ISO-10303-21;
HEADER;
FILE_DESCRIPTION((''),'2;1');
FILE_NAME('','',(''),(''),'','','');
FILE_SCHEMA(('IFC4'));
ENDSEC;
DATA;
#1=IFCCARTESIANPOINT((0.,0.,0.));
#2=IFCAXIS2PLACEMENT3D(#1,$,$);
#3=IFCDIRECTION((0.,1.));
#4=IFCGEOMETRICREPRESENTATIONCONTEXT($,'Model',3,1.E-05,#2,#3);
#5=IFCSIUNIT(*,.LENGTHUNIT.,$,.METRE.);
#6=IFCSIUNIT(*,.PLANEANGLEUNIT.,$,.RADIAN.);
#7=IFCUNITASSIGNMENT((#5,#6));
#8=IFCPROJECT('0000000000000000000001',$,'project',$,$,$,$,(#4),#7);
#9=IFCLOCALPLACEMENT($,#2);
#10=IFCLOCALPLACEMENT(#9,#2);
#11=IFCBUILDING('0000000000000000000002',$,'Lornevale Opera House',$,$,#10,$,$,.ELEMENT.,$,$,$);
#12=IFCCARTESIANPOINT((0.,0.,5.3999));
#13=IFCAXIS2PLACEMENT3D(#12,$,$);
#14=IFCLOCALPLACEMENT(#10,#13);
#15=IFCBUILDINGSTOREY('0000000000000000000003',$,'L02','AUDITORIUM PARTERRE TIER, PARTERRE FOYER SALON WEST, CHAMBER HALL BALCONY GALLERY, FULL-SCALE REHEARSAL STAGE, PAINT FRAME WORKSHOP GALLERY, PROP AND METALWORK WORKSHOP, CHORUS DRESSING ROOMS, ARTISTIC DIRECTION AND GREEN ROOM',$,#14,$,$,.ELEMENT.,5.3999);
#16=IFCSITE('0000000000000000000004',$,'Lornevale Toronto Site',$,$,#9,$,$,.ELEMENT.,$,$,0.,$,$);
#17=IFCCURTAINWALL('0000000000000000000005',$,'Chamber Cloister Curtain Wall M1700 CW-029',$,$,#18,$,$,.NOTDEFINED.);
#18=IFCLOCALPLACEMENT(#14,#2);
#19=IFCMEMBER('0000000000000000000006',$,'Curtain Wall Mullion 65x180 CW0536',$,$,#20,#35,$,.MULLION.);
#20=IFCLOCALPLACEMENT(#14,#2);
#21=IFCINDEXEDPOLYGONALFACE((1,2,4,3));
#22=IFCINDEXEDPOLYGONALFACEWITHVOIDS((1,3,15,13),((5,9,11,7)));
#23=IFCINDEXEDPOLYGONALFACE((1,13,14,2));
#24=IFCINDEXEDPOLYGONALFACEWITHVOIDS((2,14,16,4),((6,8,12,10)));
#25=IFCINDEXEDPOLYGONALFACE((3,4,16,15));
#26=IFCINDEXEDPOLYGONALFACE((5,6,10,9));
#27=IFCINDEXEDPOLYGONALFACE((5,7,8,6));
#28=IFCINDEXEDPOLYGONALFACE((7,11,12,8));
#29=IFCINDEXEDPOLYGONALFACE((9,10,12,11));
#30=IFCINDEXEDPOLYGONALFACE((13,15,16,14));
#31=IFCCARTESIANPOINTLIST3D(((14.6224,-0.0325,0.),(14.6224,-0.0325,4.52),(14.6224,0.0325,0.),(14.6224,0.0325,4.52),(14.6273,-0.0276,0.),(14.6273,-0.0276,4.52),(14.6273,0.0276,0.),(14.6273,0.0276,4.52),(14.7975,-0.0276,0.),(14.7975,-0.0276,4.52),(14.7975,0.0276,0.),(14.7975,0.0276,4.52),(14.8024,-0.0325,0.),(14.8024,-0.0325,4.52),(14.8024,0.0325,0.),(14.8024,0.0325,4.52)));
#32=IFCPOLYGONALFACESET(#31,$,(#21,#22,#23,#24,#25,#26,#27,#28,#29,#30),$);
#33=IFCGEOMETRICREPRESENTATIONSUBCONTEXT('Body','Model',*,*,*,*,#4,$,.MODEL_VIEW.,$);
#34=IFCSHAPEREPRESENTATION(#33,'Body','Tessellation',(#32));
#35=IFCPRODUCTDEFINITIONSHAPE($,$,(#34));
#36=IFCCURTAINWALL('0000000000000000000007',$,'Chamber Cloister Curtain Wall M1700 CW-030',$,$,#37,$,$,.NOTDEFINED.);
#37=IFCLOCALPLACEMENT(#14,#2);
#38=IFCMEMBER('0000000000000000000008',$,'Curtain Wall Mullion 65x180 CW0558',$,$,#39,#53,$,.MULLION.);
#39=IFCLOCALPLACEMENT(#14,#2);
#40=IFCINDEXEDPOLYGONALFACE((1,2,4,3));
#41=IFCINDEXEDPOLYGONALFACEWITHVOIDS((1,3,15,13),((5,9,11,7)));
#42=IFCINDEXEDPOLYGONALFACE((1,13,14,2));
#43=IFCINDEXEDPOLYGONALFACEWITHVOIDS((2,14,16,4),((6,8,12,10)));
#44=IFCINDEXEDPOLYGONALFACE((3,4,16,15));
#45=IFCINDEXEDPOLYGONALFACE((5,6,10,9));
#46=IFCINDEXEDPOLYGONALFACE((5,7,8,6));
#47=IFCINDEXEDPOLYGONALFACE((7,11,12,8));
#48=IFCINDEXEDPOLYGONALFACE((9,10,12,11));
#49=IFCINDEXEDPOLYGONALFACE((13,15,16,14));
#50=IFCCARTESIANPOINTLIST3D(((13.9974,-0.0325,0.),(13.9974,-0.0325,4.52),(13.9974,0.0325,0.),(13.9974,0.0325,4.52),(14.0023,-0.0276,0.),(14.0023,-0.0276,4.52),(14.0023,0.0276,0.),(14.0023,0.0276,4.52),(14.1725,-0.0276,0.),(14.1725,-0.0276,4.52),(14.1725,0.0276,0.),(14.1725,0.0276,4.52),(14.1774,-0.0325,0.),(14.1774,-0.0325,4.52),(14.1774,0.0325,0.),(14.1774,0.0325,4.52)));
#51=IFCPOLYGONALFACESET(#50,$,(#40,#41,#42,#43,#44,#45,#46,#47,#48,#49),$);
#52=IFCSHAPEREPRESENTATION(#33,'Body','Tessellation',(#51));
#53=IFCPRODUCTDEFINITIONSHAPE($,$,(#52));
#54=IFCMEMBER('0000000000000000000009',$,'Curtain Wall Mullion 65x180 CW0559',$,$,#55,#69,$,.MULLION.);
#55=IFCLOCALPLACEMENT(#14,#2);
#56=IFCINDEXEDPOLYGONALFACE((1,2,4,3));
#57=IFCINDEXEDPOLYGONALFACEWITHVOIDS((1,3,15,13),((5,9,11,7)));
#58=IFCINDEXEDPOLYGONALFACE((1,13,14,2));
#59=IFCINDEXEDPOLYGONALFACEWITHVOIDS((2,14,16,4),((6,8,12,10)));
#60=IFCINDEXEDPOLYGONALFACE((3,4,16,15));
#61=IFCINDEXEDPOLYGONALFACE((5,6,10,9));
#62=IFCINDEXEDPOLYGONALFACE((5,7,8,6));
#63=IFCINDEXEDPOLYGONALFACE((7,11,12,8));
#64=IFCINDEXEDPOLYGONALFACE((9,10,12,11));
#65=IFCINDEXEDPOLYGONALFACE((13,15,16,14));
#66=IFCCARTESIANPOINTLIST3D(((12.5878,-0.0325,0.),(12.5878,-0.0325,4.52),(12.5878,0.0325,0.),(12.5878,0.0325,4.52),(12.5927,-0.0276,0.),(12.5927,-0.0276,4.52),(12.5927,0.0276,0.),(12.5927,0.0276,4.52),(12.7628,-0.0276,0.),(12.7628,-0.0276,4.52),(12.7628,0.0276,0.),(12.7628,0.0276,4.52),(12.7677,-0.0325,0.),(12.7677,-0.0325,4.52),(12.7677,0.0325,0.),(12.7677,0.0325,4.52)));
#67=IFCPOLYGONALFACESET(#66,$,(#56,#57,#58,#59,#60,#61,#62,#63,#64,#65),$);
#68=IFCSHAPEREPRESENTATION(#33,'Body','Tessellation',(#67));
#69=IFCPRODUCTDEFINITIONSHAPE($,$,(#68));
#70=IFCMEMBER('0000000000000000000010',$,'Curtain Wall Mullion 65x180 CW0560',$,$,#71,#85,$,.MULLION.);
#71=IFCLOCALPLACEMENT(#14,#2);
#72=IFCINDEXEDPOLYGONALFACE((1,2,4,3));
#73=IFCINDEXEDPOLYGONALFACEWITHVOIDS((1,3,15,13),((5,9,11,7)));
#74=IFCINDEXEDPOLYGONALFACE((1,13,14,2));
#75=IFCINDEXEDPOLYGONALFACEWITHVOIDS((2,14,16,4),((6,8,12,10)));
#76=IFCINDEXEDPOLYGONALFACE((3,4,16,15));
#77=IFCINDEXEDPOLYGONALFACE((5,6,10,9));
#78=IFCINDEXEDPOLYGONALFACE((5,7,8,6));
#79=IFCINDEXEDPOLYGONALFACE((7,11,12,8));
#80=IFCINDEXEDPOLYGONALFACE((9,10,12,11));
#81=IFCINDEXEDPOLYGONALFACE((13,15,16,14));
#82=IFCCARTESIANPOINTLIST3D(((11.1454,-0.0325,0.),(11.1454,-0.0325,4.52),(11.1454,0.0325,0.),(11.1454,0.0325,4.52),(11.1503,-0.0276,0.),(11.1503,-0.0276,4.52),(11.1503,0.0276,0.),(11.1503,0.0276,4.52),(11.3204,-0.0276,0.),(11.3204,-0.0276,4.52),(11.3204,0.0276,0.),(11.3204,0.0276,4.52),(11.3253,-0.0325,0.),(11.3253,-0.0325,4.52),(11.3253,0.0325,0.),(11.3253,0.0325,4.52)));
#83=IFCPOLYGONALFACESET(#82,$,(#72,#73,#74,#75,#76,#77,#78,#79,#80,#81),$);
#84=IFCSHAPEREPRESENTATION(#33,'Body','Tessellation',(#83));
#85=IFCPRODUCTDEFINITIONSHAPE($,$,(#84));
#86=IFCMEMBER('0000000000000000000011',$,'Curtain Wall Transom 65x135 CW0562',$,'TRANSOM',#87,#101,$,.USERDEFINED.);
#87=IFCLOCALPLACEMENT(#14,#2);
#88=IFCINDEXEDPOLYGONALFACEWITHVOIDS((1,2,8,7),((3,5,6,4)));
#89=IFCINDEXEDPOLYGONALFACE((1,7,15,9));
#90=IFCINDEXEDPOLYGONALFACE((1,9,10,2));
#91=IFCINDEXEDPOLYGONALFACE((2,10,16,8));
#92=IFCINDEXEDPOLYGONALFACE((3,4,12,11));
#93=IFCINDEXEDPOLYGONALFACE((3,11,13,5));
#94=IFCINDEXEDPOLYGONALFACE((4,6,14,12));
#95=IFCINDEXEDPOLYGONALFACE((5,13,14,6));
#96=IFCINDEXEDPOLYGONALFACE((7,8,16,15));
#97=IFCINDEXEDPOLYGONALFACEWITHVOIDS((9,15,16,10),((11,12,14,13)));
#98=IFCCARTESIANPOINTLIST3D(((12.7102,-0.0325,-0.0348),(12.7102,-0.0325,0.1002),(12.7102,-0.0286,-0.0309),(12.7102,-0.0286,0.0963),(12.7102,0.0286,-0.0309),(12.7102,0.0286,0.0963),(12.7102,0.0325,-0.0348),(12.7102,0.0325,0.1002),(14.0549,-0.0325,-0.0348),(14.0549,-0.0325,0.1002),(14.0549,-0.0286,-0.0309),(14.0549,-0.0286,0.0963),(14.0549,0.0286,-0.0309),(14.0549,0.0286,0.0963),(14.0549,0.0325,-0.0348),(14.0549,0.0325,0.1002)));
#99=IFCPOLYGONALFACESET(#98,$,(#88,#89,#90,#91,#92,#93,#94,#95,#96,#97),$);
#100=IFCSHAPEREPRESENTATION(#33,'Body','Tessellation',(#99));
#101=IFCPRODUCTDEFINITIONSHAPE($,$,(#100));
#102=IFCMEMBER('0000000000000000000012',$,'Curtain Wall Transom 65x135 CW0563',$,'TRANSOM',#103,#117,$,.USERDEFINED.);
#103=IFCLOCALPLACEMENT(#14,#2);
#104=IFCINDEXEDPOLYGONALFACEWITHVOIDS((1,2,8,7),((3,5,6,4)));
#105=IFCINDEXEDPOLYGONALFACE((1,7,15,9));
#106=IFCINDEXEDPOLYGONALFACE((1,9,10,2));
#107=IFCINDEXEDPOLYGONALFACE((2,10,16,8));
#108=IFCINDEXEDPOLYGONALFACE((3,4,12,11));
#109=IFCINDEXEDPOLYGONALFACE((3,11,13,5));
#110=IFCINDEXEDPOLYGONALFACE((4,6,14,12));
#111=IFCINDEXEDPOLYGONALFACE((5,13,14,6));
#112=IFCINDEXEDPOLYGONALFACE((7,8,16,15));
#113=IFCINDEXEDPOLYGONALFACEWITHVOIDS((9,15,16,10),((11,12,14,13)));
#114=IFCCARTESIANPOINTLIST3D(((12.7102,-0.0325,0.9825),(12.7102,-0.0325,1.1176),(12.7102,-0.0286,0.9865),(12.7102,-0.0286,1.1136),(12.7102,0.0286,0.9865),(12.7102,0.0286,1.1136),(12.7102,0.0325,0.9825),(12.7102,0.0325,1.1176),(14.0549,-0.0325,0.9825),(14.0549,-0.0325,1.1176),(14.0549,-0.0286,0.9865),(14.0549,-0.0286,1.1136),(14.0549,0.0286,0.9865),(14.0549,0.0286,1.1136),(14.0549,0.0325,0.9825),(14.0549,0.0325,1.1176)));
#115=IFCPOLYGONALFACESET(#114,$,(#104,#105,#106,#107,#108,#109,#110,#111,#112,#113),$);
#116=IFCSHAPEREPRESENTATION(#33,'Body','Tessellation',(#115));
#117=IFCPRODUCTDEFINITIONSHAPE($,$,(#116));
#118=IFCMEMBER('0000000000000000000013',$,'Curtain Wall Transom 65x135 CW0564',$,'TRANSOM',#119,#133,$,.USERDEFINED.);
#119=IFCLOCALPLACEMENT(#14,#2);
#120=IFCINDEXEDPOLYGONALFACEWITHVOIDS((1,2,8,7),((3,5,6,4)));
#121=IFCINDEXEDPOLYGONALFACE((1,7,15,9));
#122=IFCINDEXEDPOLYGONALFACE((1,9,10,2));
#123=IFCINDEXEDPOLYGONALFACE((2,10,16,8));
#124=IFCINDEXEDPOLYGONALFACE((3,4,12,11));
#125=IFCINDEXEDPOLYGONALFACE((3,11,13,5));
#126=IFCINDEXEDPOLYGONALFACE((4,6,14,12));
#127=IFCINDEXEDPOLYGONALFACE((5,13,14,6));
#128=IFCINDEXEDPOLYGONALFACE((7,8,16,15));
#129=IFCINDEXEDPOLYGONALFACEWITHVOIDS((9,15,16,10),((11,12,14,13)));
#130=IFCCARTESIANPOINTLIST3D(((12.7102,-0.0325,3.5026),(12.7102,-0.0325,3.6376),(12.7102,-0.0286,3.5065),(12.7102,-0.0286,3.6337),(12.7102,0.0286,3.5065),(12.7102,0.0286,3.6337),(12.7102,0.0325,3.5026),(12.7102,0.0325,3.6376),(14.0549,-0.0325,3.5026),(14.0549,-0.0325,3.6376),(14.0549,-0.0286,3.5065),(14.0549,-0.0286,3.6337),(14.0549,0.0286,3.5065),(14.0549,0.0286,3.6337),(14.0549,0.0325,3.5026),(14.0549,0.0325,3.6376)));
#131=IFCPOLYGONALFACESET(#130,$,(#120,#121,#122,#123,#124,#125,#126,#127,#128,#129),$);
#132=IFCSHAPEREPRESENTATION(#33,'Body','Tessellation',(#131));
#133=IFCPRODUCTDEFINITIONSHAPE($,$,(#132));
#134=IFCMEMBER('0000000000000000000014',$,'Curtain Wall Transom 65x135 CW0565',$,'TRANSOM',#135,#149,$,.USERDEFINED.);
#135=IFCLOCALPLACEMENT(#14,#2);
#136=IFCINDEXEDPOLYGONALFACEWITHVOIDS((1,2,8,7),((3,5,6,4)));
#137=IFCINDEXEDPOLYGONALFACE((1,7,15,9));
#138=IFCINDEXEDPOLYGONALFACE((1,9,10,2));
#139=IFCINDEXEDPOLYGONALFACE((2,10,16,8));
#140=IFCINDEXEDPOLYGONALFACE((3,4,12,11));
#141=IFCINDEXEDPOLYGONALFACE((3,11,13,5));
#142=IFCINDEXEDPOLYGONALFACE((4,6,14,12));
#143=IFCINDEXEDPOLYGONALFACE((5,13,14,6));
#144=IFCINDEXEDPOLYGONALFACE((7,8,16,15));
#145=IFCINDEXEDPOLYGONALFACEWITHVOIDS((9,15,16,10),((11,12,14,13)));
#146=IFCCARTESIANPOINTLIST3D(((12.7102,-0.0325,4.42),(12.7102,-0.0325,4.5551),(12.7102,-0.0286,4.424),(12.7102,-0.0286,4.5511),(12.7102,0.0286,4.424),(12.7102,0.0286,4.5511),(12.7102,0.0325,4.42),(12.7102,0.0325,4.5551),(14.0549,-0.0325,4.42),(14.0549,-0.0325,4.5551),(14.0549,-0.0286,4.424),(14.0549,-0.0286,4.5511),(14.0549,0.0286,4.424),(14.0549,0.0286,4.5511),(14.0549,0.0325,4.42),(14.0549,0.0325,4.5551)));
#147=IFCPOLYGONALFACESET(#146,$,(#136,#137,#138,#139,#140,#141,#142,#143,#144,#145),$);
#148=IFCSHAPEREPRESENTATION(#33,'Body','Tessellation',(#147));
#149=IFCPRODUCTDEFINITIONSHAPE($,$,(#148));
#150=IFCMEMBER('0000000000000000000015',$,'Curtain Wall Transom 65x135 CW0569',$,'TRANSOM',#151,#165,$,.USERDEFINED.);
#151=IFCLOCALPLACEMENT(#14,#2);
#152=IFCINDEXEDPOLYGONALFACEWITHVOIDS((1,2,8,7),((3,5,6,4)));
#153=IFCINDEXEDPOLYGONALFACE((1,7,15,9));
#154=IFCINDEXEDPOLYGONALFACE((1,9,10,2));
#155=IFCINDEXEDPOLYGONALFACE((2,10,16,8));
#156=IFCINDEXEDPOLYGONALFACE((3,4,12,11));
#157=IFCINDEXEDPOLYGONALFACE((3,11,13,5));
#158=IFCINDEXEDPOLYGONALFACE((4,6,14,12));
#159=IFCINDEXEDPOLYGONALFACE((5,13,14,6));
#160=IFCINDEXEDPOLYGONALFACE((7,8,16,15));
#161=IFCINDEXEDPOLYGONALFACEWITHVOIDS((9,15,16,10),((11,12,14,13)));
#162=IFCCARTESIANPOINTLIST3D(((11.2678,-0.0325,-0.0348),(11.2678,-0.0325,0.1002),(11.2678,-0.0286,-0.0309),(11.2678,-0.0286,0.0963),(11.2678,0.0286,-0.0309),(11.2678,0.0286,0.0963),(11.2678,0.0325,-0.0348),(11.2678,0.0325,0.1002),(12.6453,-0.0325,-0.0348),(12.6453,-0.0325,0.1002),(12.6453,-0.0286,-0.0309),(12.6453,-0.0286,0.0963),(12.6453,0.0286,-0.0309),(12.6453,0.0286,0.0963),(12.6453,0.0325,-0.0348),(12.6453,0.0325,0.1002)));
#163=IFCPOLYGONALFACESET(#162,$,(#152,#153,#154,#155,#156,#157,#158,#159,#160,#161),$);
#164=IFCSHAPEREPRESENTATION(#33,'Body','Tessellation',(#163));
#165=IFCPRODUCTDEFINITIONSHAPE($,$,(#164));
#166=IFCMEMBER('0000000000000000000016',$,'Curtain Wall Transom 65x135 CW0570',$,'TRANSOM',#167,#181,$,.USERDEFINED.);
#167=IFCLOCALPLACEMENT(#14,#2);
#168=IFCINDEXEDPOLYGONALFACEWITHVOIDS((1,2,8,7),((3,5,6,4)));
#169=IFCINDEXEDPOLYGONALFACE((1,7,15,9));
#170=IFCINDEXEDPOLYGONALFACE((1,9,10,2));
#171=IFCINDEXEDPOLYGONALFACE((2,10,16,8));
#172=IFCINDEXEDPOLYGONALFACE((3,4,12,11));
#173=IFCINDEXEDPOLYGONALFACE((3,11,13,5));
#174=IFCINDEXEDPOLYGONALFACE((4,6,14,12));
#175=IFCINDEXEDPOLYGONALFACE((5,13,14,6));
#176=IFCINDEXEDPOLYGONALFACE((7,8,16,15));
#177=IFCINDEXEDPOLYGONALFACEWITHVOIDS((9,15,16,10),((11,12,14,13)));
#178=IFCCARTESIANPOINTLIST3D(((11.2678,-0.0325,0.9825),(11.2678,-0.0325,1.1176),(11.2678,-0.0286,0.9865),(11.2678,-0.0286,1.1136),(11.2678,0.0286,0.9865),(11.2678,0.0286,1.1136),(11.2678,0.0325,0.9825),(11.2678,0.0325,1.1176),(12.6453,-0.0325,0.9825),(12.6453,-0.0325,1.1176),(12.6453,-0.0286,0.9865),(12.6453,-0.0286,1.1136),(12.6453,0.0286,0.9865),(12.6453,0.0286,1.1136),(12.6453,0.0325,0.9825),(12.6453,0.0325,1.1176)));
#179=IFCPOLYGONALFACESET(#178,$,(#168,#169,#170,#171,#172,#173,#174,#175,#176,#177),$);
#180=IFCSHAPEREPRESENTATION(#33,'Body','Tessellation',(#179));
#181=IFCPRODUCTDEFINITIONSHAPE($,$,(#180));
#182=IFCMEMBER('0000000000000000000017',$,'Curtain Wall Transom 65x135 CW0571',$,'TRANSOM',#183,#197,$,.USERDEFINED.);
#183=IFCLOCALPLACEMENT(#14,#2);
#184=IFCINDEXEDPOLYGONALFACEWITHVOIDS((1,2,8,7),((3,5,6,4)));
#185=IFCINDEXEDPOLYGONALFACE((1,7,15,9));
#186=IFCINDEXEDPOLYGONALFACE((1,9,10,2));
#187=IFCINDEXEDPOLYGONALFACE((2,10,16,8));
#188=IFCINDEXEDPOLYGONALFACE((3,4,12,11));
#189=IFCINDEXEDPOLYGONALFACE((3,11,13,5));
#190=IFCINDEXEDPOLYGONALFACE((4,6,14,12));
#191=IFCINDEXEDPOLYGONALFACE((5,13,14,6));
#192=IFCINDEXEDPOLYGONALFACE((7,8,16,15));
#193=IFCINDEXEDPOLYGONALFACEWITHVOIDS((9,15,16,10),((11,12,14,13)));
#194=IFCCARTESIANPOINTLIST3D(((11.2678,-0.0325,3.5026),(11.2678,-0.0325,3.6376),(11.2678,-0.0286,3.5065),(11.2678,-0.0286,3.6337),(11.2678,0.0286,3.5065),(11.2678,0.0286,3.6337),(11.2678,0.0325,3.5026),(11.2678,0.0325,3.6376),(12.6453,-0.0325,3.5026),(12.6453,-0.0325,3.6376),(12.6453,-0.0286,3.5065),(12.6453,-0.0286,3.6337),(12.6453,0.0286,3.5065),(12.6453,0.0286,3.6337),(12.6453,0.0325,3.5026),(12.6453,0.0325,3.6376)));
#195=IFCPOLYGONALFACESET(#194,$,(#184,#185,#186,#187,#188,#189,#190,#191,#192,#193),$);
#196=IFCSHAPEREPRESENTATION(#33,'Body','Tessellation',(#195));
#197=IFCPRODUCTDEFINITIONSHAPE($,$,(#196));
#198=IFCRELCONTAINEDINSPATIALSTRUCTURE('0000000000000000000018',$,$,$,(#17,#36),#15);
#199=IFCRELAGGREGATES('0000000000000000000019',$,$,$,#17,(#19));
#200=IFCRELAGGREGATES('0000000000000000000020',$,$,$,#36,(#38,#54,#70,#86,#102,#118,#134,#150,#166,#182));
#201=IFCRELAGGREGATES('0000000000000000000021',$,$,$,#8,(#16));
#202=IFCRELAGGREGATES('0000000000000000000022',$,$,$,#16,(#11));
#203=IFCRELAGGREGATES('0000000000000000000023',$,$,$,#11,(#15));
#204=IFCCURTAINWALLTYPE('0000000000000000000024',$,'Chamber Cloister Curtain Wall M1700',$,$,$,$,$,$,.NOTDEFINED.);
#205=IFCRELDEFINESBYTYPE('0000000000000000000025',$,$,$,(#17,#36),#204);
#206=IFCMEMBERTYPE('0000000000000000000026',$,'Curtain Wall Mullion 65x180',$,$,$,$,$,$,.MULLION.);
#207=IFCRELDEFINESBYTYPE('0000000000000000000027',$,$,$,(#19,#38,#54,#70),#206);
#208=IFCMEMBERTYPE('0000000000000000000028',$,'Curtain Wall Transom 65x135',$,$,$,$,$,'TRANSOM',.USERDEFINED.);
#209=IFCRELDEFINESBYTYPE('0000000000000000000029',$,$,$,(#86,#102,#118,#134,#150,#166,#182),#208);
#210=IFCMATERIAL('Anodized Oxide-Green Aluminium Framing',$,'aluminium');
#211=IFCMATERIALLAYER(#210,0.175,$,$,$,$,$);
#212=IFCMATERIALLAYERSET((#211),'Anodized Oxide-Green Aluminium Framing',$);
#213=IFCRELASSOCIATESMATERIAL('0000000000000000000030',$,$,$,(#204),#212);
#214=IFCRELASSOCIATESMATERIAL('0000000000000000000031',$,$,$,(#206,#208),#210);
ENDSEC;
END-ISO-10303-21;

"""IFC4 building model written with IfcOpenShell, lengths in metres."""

from ifc_helpers import new_model, si_unit, direction, frame, origin, origin_2d, place, context, subcontext, project, spatial, hollow_rectangle, extrude, material, layer, layer_set, material_profile, profile_set, type_object, element, aggregate, save


model = new_model("IFC4")

# Units and contexts
model_context = context("Model", 3, precision=1e-05, world=origin(), true_north=direction((0.0, 1.0)))
body_context = subcontext(model_context, "Body", "Model", "MODEL_VIEW")
ifc_project = project(units=[si_unit("LENGTHUNIT", "METRE"), si_unit("PLANEANGLEUNIT", "RADIAN")], contexts=[model_context])

# Site, building, storey
site_placement = place(None, origin())
site = spatial("IfcSite", under=ifc_project, at=site_placement, Name="Lornevale Toronto Site", CompositionType="ELEMENT", RefElevation=0.0)
building_placement = place(site_placement, origin())
building = spatial("IfcBuilding", under=site, at=building_placement, Name="Lornevale Opera House", CompositionType="ELEMENT")
storey_placement = place(building_placement, frame((0.0, 0.0, 5.3999)))
storey = spatial("IfcBuildingStorey", under=building, at=storey_placement, Name="L02", Description="AUDITORIUM PARTERRE TIER, PARTERRE FOYER SALON WEST, CHAMBER HALL BALCONY GALLERY, FULL-SCALE REHEARSAL STAGE, PAINT FRAME WORKSHOP GALLERY, PROP AND METALWORK WORKSHOP, CHORUS DRESSING ROOMS, ARTISTIC DIRECTION AND GREEN ROOM", CompositionType="ELEMENT", Elevation=5.3999)

# Curtain wall, member
ifc_material_1 = material(Name="Anodized Oxide-Green Aluminium Framing", Category="aluminium")
ifc_layer_1 = layer(ifc_material_1, 0.175)
ifc_layer_set_1 = layer_set([ifc_layer_1], Name="Anodized Oxide-Green Aluminium Framing")
curtain_wall_type = type_object("IfcCurtainWallType", Name="Chamber Cloister Curtain Wall M1700", PredefinedType="NOTDEFINED", material=ifc_layer_set_1)
curtain_wall_1_placement = place(storey_placement, origin())
curtain_wall_1 = element("IfcCurtainWall", 1, at=curtain_wall_1_placement, inside=storey, type_object=curtain_wall_type, Name="Chamber Cloister Curtain Wall M1700 CW-029", PredefinedType="NOTDEFINED")
ifc_material_profile_1 = material_profile(ifc_material_1, hollow_rectangle(XDim=0.0649, YDim=0.1799, WallThickness=0.0049, at=origin_2d()), Name="ALU65x180x5")
ifc_profile_set_1 = profile_set([ifc_material_profile_1], Name="Anodized Oxide-Green Aluminium Framing")
member_type_1 = type_object("IfcMemberType", Name="Curtain Wall Mullion 65x180", PredefinedType="MULLION", material=ifc_profile_set_1)
member_1_placement = place(storey_placement, frame((14.7124, 0.0, 0.0), z_axis=(0.0, 0.0, 1.0), x_axis=(0.0, -1.0, 0.0)))
member_1 = element("IfcMember", 2, at=member_1_placement, type_object=member_type_1, Name="Curtain Wall Mullion 65x180 CW0536", PredefinedType="MULLION", context=body_context, shape_type="SweptSolid", body=[
    extrude(hollow_rectangle(XDim=0.0649, YDim=0.1799, WallThickness=0.0049, at=origin_2d()), origin(), (0.0, 0.0, 1.0), 4.52),
])

# Curtain wall, members
curtain_wall_2_placement = place(storey_placement, origin())
curtain_wall_2 = element("IfcCurtainWall", 3, at=curtain_wall_2_placement, inside=storey, type_object=curtain_wall_type, Name="Chamber Cloister Curtain Wall M1700 CW-030", PredefinedType="NOTDEFINED")
member_2_placement = place(storey_placement, frame((14.0874, 0.0, 0.0), z_axis=(0.0, 0.0, 1.0), x_axis=(0.0, -1.0, 0.0)))
member_2 = element("IfcMember", 4, at=member_2_placement, type_object=member_type_1, Name="Curtain Wall Mullion 65x180 CW0558", PredefinedType="MULLION", context=body_context, shape_type="SweptSolid", body=[
    extrude(hollow_rectangle(XDim=0.0649, YDim=0.1799, WallThickness=0.0049, at=origin_2d()), origin(), (0.0, 0.0, 1.0), 4.52),
])
member_3_placement = place(storey_placement, frame((12.6777, 0.0, 0.0), z_axis=(0.0, 0.0, 1.0), x_axis=(0.0, -1.0, 0.0)))
member_3 = element("IfcMember", 5, at=member_3_placement, type_object=member_type_1, Name="Curtain Wall Mullion 65x180 CW0559", PredefinedType="MULLION", context=body_context, shape_type="SweptSolid", body=[
    extrude(hollow_rectangle(XDim=0.0649, YDim=0.1799, WallThickness=0.0049, at=origin_2d()), origin(), (0.0, 0.0, 1.0), 4.52),
])
member_4_placement = place(storey_placement, frame((11.2354, 0.0, 0.0), z_axis=(0.0, 0.0, 1.0), x_axis=(0.0, -1.0, 0.0)))
member_4 = element("IfcMember", 6, at=member_4_placement, type_object=member_type_1, Name="Curtain Wall Mullion 65x180 CW0560", PredefinedType="MULLION", context=body_context, shape_type="SweptSolid", body=[
    extrude(hollow_rectangle(XDim=0.0649, YDim=0.1799, WallThickness=0.0049, at=origin_2d()), origin(), (0.0, 0.0, 1.0), 4.52),
])
ifc_material_profile_2 = material_profile(ifc_material_1, hollow_rectangle(XDim=0.0649, YDim=0.135, WallThickness=0.0039, at=origin_2d()), Name="ALU65x135x4")
ifc_profile_set_2 = profile_set([ifc_material_profile_2], Name="Anodized Oxide-Green Aluminium Framing")
member_type_2 = type_object("IfcMemberType", Name="Curtain Wall Transom 65x135", ElementType="TRANSOM", PredefinedType="USERDEFINED", material=ifc_profile_set_2)
member_5_placement = place(storey_placement, frame((14.0549, 0.0, 0.0327), z_axis=(-1.0, 0.0, 0.0), x_axis=(0.0, -1.0, 0.0)))
member_5 = element("IfcMember", 7, at=member_5_placement, type_object=member_type_2, Name="Curtain Wall Transom 65x135 CW0562", ObjectType="TRANSOM", PredefinedType="USERDEFINED", context=body_context, shape_type="SweptSolid", body=[
    extrude(hollow_rectangle(XDim=0.0649, YDim=0.135, WallThickness=0.0039, at=origin_2d()), origin(), (0.0, 0.0, 1.0), 1.3447),
])
member_6_placement = place(storey_placement, frame((14.0549, 0.0, 1.05), z_axis=(-1.0, 0.0, 0.0), x_axis=(0.0, -1.0, 0.0)))
member_6 = element("IfcMember", 8, at=member_6_placement, type_object=member_type_2, Name="Curtain Wall Transom 65x135 CW0563", ObjectType="TRANSOM", PredefinedType="USERDEFINED", context=body_context, shape_type="SweptSolid", body=[
    extrude(hollow_rectangle(XDim=0.0649, YDim=0.135, WallThickness=0.0039, at=origin_2d()), origin(), (0.0, 0.0, 1.0), 1.3447),
])
member_7_placement = place(storey_placement, frame((14.0549, 0.0, 3.5701), z_axis=(-1.0, 0.0, 0.0), x_axis=(0.0, -1.0, 0.0)))
member_7 = element("IfcMember", 9, at=member_7_placement, type_object=member_type_2, Name="Curtain Wall Transom 65x135 CW0564", ObjectType="TRANSOM", PredefinedType="USERDEFINED", context=body_context, shape_type="SweptSolid", body=[
    extrude(hollow_rectangle(XDim=0.0649, YDim=0.135, WallThickness=0.0039, at=origin_2d()), origin(), (0.0, 0.0, 1.0), 1.3447),
])
member_8_placement = place(storey_placement, frame((14.0549, 0.0, 4.4875), z_axis=(-1.0, 0.0, 0.0), x_axis=(0.0, -1.0, 0.0)))
member_8 = element("IfcMember", 10, at=member_8_placement, type_object=member_type_2, Name="Curtain Wall Transom 65x135 CW0565", ObjectType="TRANSOM", PredefinedType="USERDEFINED", context=body_context, shape_type="SweptSolid", body=[
    extrude(hollow_rectangle(XDim=0.0649, YDim=0.135, WallThickness=0.0039, at=origin_2d()), origin(), (0.0, 0.0, 1.0), 1.3447),
])
member_9_placement = place(storey_placement, frame((12.6453, 0.0, 0.0327), z_axis=(-1.0, 0.0, 0.0), x_axis=(0.0, -1.0, 0.0)))
member_9 = element("IfcMember", 11, at=member_9_placement, type_object=member_type_2, Name="Curtain Wall Transom 65x135 CW0569", ObjectType="TRANSOM", PredefinedType="USERDEFINED", context=body_context, shape_type="SweptSolid", body=[
    extrude(hollow_rectangle(XDim=0.0649, YDim=0.135, WallThickness=0.0039, at=origin_2d()), origin(), (0.0, 0.0, 1.0), 1.3774),
])
member_10_placement = place(storey_placement, frame((12.6453, 0.0, 1.05), z_axis=(-1.0, 0.0, 0.0), x_axis=(0.0, -1.0, 0.0)))
member_10 = element("IfcMember", 12, at=member_10_placement, type_object=member_type_2, Name="Curtain Wall Transom 65x135 CW0570", ObjectType="TRANSOM", PredefinedType="USERDEFINED", context=body_context, shape_type="SweptSolid", body=[
    extrude(hollow_rectangle(XDim=0.0649, YDim=0.135, WallThickness=0.0039, at=origin_2d()), origin(), (0.0, 0.0, 1.0), 1.3774),
])
member_11_placement = place(storey_placement, frame((12.6453, 0.0, 3.5701), z_axis=(-1.0, 0.0, 0.0), x_axis=(0.0, -1.0, 0.0)))
member_11 = element("IfcMember", 13, at=member_11_placement, type_object=member_type_2, Name="Curtain Wall Transom 65x135 CW0571", ObjectType="TRANSOM", PredefinedType="USERDEFINED", context=body_context, shape_type="SweptSolid", body=[
    extrude(hollow_rectangle(XDim=0.0649, YDim=0.135, WallThickness=0.0039, at=origin_2d()), origin(), (0.0, 0.0, 1.0), 1.3774),
])

aggregate(curtain_wall_1, [member_1])
aggregate(curtain_wall_2, [member_2, member_3, member_4, member_5, member_6, member_7, member_8, member_9, member_10, member_11])

save(model, "model.ifc")
